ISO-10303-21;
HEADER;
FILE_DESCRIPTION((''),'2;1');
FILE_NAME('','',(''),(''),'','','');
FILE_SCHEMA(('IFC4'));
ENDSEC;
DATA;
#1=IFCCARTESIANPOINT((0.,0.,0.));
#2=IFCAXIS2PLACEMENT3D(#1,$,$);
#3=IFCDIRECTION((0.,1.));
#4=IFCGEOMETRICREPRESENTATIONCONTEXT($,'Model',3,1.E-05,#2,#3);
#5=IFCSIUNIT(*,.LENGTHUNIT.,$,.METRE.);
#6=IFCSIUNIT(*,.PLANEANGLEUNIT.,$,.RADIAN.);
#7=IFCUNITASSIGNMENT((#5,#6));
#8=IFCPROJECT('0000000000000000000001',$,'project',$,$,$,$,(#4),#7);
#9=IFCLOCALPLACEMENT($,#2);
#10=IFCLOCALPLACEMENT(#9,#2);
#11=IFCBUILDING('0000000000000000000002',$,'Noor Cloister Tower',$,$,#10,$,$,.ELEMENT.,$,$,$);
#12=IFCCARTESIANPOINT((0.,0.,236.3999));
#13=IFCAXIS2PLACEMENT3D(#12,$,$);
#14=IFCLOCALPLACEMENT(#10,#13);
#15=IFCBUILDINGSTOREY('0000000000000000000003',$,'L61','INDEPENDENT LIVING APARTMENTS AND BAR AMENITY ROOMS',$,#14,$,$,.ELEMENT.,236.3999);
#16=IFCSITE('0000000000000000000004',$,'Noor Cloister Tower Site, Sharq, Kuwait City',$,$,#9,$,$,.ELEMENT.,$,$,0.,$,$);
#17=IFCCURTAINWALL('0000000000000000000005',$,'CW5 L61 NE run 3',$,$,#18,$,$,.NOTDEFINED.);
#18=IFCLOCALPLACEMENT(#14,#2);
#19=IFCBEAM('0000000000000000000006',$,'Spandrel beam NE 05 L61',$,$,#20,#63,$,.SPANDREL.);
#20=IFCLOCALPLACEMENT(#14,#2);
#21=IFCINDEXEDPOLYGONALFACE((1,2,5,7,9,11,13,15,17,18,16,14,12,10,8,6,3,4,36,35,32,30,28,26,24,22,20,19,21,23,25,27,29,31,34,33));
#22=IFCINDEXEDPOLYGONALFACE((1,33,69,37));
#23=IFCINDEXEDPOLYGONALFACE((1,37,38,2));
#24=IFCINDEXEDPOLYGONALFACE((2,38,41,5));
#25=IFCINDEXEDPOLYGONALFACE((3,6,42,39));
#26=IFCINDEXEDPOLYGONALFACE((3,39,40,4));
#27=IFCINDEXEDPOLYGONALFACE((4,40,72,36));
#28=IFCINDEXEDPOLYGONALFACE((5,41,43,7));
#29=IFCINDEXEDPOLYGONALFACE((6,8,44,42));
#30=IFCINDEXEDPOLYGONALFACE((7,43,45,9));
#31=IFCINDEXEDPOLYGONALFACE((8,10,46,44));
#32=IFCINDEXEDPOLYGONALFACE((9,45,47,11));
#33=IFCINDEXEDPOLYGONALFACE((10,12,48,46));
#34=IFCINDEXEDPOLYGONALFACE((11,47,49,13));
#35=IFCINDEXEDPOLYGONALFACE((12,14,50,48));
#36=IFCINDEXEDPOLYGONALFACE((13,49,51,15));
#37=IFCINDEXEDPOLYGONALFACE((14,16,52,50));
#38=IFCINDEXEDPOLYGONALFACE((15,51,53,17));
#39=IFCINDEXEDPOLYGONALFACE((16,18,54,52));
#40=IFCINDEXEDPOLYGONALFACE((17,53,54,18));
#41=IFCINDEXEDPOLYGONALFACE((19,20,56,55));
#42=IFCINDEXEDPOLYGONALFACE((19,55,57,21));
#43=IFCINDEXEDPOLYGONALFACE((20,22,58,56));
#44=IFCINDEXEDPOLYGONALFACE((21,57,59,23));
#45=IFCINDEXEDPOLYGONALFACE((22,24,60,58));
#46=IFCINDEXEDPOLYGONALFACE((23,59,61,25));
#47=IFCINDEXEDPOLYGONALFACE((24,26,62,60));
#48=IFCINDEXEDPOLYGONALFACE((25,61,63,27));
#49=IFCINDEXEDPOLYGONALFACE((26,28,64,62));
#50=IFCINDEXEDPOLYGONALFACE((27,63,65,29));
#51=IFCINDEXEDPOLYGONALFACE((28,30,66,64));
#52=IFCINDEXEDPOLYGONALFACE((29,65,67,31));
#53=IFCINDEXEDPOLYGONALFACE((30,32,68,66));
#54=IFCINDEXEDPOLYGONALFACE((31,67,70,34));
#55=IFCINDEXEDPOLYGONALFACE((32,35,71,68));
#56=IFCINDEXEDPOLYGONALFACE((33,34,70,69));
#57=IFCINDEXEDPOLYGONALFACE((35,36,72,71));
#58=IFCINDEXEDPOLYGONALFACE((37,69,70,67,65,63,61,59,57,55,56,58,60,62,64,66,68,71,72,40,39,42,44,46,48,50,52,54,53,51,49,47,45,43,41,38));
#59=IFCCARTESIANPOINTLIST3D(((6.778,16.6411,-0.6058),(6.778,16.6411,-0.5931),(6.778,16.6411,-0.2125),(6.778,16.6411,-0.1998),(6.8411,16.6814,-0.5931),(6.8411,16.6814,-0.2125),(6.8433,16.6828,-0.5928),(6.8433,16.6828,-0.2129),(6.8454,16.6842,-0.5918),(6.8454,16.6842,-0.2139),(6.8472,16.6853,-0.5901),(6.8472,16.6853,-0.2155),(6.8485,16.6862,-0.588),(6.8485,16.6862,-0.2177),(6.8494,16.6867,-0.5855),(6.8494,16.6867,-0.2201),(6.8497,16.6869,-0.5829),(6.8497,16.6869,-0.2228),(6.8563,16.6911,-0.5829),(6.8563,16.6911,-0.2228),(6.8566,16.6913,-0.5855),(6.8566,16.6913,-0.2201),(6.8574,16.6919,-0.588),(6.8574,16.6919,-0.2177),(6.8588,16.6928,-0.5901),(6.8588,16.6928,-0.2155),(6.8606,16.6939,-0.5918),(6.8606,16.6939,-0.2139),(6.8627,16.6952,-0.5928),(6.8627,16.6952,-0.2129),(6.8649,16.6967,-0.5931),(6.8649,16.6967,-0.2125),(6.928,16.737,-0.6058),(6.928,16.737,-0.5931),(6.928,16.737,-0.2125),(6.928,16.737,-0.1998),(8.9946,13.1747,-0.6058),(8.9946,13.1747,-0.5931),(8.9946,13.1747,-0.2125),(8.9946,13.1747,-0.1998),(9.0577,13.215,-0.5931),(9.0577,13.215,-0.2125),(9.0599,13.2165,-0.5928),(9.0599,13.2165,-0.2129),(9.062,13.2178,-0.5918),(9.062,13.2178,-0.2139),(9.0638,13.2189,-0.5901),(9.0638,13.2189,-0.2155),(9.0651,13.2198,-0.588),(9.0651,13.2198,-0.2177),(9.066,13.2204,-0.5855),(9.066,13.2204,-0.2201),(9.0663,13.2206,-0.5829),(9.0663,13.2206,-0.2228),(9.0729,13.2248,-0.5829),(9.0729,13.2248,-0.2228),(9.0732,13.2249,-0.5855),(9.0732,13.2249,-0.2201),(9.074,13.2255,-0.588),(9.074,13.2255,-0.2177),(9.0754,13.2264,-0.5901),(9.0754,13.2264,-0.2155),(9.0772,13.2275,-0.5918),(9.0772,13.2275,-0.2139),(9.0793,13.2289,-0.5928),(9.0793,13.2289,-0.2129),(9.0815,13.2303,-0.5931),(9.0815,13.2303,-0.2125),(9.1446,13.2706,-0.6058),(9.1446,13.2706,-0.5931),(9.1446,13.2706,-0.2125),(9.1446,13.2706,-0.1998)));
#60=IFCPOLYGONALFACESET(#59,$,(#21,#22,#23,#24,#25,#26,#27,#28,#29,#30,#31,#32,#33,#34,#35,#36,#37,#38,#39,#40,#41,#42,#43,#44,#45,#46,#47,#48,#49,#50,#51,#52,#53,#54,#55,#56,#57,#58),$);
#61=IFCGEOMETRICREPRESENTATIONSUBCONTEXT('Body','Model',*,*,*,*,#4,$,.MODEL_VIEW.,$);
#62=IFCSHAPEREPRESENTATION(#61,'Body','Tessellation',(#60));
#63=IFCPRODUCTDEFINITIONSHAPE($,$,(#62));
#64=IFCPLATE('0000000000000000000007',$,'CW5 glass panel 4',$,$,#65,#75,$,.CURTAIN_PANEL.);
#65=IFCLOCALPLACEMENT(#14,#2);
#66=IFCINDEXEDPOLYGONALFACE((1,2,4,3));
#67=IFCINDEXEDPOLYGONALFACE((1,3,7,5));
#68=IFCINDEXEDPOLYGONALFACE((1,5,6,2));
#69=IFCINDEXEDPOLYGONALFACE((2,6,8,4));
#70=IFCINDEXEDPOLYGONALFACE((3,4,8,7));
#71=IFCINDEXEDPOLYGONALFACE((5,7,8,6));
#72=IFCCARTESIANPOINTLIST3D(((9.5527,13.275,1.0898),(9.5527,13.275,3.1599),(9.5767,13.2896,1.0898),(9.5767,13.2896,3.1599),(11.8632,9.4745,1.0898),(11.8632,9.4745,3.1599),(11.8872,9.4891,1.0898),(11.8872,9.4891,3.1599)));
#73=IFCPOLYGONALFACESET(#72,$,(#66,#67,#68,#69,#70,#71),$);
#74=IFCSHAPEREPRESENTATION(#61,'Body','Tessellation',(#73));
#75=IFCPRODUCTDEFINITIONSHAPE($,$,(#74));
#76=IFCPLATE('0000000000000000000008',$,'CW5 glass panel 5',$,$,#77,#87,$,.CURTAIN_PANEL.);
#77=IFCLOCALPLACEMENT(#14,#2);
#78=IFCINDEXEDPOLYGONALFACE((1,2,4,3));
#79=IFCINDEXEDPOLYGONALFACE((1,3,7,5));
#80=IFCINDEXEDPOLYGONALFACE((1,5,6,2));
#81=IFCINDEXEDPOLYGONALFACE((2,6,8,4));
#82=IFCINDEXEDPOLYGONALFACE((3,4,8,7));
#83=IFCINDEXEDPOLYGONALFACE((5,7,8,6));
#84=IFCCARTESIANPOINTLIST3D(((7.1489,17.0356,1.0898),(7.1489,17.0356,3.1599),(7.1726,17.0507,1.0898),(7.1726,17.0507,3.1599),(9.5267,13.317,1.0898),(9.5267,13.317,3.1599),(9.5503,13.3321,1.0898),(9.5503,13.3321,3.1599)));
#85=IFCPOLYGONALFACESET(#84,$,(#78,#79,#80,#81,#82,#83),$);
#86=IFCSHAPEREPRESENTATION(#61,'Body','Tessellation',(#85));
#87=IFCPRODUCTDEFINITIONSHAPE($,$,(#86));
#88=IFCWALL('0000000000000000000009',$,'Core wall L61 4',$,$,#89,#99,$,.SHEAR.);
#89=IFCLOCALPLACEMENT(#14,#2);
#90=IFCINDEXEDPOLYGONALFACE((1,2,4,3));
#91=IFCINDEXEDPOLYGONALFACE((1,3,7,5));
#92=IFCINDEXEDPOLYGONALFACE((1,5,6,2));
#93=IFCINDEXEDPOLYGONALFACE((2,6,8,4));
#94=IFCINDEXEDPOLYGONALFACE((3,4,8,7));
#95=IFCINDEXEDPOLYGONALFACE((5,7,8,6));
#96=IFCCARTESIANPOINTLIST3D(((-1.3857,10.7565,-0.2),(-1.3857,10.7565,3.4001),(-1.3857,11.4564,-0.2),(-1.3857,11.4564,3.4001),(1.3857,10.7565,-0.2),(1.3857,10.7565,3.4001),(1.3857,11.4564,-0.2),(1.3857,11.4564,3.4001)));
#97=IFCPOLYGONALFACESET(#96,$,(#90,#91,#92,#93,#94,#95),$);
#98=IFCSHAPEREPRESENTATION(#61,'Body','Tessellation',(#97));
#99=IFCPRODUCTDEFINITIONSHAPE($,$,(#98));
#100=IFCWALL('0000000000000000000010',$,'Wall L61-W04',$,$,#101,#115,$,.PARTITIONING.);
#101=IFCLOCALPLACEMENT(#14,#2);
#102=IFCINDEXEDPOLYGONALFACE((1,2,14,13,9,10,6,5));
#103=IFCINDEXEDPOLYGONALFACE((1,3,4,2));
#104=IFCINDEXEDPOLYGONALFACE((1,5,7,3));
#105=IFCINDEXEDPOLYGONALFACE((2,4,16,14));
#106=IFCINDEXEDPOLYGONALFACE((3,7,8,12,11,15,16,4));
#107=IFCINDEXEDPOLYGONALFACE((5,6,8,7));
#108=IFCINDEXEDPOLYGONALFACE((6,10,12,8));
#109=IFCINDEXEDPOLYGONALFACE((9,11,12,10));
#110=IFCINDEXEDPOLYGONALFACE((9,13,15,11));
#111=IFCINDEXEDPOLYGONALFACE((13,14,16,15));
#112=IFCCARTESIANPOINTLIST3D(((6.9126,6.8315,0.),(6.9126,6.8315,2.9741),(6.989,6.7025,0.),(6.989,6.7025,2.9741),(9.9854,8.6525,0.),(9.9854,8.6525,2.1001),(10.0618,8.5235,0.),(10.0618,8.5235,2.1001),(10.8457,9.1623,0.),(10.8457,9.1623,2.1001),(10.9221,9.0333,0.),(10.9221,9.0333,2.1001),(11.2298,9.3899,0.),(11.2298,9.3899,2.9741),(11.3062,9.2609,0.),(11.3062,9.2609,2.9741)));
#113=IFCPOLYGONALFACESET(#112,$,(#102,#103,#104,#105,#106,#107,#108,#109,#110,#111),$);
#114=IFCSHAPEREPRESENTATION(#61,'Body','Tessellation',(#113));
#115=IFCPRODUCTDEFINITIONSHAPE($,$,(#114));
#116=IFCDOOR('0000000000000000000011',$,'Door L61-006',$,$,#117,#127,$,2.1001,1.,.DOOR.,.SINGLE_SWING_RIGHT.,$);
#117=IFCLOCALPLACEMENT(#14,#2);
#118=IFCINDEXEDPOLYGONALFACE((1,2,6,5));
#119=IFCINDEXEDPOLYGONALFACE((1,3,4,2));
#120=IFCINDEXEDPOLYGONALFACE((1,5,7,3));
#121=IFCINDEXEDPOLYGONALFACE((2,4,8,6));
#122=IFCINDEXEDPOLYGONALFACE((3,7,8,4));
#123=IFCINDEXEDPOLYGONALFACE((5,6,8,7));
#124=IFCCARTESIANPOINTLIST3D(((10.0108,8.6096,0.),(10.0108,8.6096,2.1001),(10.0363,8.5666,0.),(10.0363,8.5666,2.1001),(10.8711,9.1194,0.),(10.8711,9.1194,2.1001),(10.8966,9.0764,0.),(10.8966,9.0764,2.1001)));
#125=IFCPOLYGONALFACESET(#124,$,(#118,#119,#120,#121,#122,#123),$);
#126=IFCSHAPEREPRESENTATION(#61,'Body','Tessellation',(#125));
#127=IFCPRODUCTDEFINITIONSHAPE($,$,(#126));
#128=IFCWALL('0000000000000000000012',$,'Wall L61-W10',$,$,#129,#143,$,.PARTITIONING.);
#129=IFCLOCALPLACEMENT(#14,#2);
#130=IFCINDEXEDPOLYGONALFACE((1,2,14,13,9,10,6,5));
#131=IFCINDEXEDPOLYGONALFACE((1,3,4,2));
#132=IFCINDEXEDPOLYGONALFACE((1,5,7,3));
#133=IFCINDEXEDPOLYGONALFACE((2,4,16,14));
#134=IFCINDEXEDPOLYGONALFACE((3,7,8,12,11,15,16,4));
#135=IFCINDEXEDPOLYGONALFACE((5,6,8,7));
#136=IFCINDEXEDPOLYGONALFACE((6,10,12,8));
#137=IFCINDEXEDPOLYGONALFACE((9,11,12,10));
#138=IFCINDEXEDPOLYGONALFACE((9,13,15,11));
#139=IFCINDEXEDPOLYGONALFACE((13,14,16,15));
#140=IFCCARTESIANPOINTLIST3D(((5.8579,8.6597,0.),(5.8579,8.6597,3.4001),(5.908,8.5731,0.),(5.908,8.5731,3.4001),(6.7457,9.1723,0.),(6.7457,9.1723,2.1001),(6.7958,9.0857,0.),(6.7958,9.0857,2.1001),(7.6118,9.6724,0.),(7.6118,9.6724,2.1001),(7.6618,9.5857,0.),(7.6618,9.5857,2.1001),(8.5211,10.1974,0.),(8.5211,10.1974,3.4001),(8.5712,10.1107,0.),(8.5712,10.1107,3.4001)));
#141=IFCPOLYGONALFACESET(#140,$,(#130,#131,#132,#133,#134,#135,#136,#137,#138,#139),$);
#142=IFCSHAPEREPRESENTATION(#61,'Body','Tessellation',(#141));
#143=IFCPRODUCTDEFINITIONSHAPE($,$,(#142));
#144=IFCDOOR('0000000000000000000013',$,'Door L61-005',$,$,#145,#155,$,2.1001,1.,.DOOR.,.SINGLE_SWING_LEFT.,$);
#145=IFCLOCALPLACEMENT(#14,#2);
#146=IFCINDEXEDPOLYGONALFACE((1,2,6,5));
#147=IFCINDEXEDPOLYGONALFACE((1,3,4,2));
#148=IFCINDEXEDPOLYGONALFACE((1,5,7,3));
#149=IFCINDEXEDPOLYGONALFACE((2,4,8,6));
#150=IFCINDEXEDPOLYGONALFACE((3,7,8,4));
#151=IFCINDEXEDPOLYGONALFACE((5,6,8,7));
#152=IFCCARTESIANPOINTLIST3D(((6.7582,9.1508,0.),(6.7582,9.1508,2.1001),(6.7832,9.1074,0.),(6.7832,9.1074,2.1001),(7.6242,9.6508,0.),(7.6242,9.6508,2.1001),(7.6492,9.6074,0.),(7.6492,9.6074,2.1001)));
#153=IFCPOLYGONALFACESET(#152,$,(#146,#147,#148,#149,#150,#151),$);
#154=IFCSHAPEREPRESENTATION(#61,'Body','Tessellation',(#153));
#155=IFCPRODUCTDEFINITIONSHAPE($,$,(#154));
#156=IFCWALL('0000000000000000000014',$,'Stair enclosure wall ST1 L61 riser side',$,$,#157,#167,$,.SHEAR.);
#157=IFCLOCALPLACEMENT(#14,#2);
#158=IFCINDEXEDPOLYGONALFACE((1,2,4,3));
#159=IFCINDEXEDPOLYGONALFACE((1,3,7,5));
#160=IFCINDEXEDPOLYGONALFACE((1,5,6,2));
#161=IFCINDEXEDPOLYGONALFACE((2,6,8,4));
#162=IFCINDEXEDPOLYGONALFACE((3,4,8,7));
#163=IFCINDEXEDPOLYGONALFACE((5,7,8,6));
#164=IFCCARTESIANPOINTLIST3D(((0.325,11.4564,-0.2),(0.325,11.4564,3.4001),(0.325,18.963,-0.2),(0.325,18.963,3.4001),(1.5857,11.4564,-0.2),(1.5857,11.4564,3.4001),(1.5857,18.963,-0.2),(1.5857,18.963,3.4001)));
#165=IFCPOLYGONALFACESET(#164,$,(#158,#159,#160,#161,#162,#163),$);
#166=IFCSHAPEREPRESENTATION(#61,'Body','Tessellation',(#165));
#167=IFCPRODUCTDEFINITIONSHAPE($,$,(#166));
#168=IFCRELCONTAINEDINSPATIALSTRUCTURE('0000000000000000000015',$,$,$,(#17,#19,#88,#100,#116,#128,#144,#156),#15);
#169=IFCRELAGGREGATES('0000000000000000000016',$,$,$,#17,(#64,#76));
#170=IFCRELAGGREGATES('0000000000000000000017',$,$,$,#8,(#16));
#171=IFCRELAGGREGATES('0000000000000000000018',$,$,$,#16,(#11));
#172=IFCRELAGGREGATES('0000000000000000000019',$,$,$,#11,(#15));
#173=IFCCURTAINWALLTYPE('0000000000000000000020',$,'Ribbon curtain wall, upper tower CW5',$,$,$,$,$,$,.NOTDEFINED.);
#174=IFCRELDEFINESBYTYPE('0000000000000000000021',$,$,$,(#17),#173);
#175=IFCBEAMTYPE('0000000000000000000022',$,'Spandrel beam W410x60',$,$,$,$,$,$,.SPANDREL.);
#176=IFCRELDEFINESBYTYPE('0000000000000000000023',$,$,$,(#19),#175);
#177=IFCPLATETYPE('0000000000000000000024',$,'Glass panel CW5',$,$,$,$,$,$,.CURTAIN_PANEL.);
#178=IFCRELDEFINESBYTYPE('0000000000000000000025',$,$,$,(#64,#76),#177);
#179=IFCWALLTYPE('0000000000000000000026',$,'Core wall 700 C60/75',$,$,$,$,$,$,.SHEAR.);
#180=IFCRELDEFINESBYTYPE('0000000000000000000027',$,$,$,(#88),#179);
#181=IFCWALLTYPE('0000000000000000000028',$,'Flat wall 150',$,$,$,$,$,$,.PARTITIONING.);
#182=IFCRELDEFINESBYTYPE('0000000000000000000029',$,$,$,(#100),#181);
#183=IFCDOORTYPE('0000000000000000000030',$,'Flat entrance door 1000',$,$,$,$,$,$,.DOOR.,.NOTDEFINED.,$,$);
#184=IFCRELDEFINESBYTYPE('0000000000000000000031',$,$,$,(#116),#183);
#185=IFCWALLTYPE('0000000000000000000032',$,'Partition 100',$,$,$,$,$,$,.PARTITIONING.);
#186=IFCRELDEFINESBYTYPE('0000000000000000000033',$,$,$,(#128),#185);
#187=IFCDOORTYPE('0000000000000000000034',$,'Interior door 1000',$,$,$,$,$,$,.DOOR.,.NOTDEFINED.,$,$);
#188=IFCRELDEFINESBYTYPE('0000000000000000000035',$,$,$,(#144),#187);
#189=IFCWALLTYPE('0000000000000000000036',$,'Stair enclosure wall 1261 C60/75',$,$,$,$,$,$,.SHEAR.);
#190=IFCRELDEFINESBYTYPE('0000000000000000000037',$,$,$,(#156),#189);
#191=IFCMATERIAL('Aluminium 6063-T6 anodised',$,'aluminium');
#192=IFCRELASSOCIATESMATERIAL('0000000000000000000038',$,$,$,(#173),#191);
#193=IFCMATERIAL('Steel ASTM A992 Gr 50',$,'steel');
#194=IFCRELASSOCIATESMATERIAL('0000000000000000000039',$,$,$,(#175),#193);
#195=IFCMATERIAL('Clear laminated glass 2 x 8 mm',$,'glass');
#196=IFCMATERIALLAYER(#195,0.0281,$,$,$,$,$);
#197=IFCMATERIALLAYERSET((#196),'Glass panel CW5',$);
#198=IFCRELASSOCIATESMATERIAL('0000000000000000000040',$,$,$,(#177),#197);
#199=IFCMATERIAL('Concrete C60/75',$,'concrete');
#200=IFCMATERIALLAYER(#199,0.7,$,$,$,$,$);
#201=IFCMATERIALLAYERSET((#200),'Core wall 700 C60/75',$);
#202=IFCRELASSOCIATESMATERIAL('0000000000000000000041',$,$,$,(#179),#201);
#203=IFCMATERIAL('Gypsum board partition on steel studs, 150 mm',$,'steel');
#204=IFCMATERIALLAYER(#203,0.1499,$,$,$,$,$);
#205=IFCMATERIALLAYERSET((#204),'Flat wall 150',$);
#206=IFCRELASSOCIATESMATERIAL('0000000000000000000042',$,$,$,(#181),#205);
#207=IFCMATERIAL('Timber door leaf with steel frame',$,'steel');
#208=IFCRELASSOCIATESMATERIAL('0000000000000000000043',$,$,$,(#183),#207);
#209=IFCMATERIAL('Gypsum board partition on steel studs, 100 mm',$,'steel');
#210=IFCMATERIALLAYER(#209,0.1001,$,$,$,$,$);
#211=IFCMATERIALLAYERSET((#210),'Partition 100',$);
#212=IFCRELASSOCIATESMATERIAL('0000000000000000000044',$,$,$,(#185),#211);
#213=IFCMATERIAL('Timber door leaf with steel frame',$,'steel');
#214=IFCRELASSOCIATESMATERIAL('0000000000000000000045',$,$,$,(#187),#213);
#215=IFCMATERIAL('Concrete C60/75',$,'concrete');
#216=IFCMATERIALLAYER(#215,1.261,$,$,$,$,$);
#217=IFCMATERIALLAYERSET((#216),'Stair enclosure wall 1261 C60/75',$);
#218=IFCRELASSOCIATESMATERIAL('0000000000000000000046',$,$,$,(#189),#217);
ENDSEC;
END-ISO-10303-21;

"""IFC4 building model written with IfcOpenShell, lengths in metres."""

from ifc_helpers import new_model, si_unit, direction, frame, frame_2d, origin, origin_2d, place, context, subcontext, project, spatial, rectangle, i_section, extrude, material, layer, layer_set, material_profile, profile_set, type_object, element, fill, aggregate, save


model = new_model("IFC4")

# Units and contexts
model_context = context("Model", 3, precision=1e-05, world=origin(), true_north=direction((0.0, 1.0)))
body_context = subcontext(model_context, "Body", "Model", "MODEL_VIEW")
ifc_project = project(units=[si_unit("LENGTHUNIT", "METRE"), si_unit("PLANEANGLEUNIT", "RADIAN")], contexts=[model_context])

# Site, building, storey
site_placement = place(None, origin())
site = spatial("IfcSite", under=ifc_project, at=site_placement, Name="Noor Cloister Tower Site, Sharq, Kuwait City", CompositionType="ELEMENT", RefElevation=0.0)
building_placement = place(site_placement, origin())
building = spatial("IfcBuilding", under=site, at=building_placement, Name="Noor Cloister Tower", CompositionType="ELEMENT")
storey_placement = place(building_placement, frame((0.0, 0.0, 236.3999)))
storey = spatial("IfcBuildingStorey", under=building, at=storey_placement, Name="L61", Description="INDEPENDENT LIVING APARTMENTS AND BAR AMENITY ROOMS", CompositionType="ELEMENT", Elevation=236.3999)

# Curtain wall
ifc_material_1 = material(Name="Aluminium 6063-T6 anodised", Category="aluminium")
curtain_wall_type = type_object("IfcCurtainWallType", Name="Ribbon curtain wall, upper tower CW5", PredefinedType="NOTDEFINED", material=ifc_material_1)
curtain_wall_placement = place(storey_placement, origin())
curtain_wall = element("IfcCurtainWall", 1, at=curtain_wall_placement, inside=storey, type_object=curtain_wall_type, Name="CW5 L61 NE run 3", PredefinedType="NOTDEFINED")

# Beam
ifc_material_2 = material(Name="Steel ASTM A992 Gr 50", Category="steel")
ifc_material_profile_1 = material_profile(ifc_material_2, i_section(OverallWidth=0.178, OverallDepth=0.406, WebThickness=0.0078, FlangeThickness=0.0127, FilletRadius=0.0103, at=origin_2d()), Name="W410x60")
ifc_profile_set_1 = profile_set([ifc_material_profile_1], Name="Steel ASTM A992 Gr 50")
beam_type_1 = type_object("IfcBeamType", Name="Spandrel beam W410x60", PredefinedType="SPANDREL", material=ifc_profile_set_1)
for number, where, z_axis, x_axis, name in (
    (2, (9.0696, 13.2227, -0.4028), (-0.538729, 0.842479, 0.0), (-0.842479, -0.538729, 0.0), "Spandrel beam NE 05 L61"),
):
    element("IfcBeam", number, at=place(storey_placement, frame(where, z_axis=z_axis, x_axis=x_axis)), inside=storey, type_object=beam_type_1, Name=name, PredefinedType="SPANDREL", context=body_context, shape_type="SweptSolid", body=[
        extrude(i_section(OverallWidth=0.178, OverallDepth=0.406, WebThickness=0.0078, FlangeThickness=0.0127, FilletRadius=0.0103, at=origin_2d()), origin(), (0.0, 0.0, 1.0), 4.1145),
    ])

# Plates
ifc_material_3 = material(Name="Clear laminated glass 2 x 8 mm", Category="glass")
ifc_layer_1 = layer(ifc_material_3, 0.0281)
ifc_layer_set_1 = layer_set([ifc_layer_1], Name="Glass panel CW5")
plate_type = type_object("IfcPlateType", Name="Glass panel CW5", PredefinedType="CURTAIN_PANEL", material=ifc_layer_set_1)
plate_1_placement = place(storey_placement, frame((10.72, 11.3821, 1.0898), z_axis=(0.0, 0.0, 1.0), x_axis=(-0.519486, 0.854479, 0.0)))
plate_1 = element("IfcPlate", 3, at=plate_1_placement, type_object=plate_type, Name="CW5 glass panel 4", PredefinedType="CURTAIN_PANEL", context=body_context, shape_type="SweptSolid", body=[
    extrude(rectangle(XDim=4.4478, YDim=0.0281, at=origin_2d()), origin(), (0.0, 0.0, 1.0), 2.0701),
])
plate_2_placement = place(storey_placement, frame((8.3496, 15.1838, 1.0898), z_axis=(0.0, 0.0, 1.0), x_axis=(-0.538705, 0.842494, 0.0)))
plate_2 = element("IfcPlate", 4, at=plate_2_placement, type_object=plate_type, Name="CW5 glass panel 5", PredefinedType="CURTAIN_PANEL", context=body_context, shape_type="SweptSolid", body=[
    extrude(rectangle(XDim=4.4138, YDim=0.0281, at=origin_2d()), origin(), (0.0, 0.0, 1.0), 2.0701),
])
aggregate(curtain_wall, [plate_1, plate_2])

# Wall
ifc_material_4 = material(Name="Concrete C60/75", Category="concrete")
ifc_layer_2 = layer(ifc_material_4, 0.7)
ifc_layer_set_2 = layer_set([ifc_layer_2], Name="Core wall 700 C60/75")
wall_type_1 = type_object("IfcWallType", Name="Core wall 700 C60/75", PredefinedType="SHEAR", material=ifc_layer_set_2)
wall_1_placement = place(storey_placement, frame((1.3857, 11.1064, -0.2), z_axis=(0.0, 0.0, 1.0), x_axis=(-1.0, 0.0, 0.0)))
element("IfcWall", 5, at=wall_1_placement, inside=storey, type_object=wall_type_1, Name="Core wall L61 4", PredefinedType="SHEAR", context=body_context, shape_type="SweptSolid", body=[
    extrude(rectangle(XDim=2.7715, YDim=0.7, at=frame_2d((1.3857, 0.0))), origin(), (0.0, 0.0, 1.0), 3.6001),
])

# Walls, openings, doors
ifc_material_5 = material(Name="Gypsum board partition on steel studs, 150 mm", Category="steel")
ifc_layer_3 = layer(ifc_material_5, 0.1499)
ifc_layer_set_3 = layer_set([ifc_layer_3], Name="Flat wall 150")
wall_type_2 = type_object("IfcWallType", Name="Flat wall 150", PredefinedType="PARTITIONING", material=ifc_layer_set_3)
wall_2_placement = place(storey_placement, frame((11.2681, 9.3254, 0.0), z_axis=(0.0, 0.0, 1.0), x_axis=(-0.860288, -0.509809, 0.0)))
wall_2 = element("IfcWall", 6, at=wall_2_placement, inside=storey, type_object=wall_type_2, Name="Wall L61-W04", PredefinedType="PARTITIONING", context=body_context, shape_type="SweptSolid", body=[
    extrude(rectangle(XDim=5.0183, YDim=0.1499, at=frame_2d((2.5093, 0.0))), origin(), (0.0, 0.0, 1.0), 2.9741),
])
opening_1_placement = place(wall_2_placement, frame((0.4465, 0.0, 0.0)))
opening_1 = element("IfcOpeningElement", 7, at=opening_1_placement, cuts=wall_2, PredefinedType="OPENING", context=body_context, shape_type="SweptSolid", body=[
    extrude(rectangle(XDim=1.0, YDim=2.1001, at=frame_2d((0.5, 1.05))), frame((0.0, 0.085, 0.0), z_axis=(0.0, -1.0, 0.0), x_axis=(1.0, 0.0, 0.0)), (0.0, 0.0, 1.0), 0.1699),
])
ifc_material_6 = material(Name="Timber door leaf with steel frame", Category="steel")
door_type_1 = type_object("IfcDoorType", Name="Flat entrance door 1000", OperationType="NOTDEFINED", PredefinedType="DOOR", material=ifc_material_6)
door_1_placement = place(opening_1_placement, origin())
door_1 = element("IfcDoor", 8, at=door_1_placement, inside=storey, type_object=door_type_1, Name="Door L61-006", OperationType="SINGLE_SWING_RIGHT", OverallHeight=2.1001, OverallWidth=1.0, PredefinedType="DOOR", context=body_context, shape_type="SweptSolid", body=[
    extrude(rectangle(XDim=1.0, YDim=2.1001, at=frame_2d((0.5, 1.05))), frame((0.0, 0.0249, 0.0), z_axis=(0.0, -1.0, 0.0), x_axis=(1.0, 0.0, 0.0)), (0.0, 0.0, 1.0), 0.05),
])
fill(opening_1, door_1)
ifc_material_7 = material(Name="Gypsum board partition on steel studs, 100 mm", Category="steel")
ifc_layer_4 = layer(ifc_material_7, 0.1001)
ifc_layer_set_4 = layer_set([ifc_layer_4], Name="Partition 100")
wall_type_3 = type_object("IfcWallType", Name="Partition 100", PredefinedType="PARTITIONING", material=ifc_layer_set_4)
wall_3_placement = place(storey_placement, frame((8.5461, 10.1541, 0.0), z_axis=(0.0, 0.0, 1.0), x_axis=(-0.866016, -0.500016, 0.0)))
wall_3 = element("IfcWall", 9, at=wall_3_placement, inside=storey, type_object=wall_type_3, Name="Wall L61-W10", PredefinedType="PARTITIONING", context=body_context, shape_type="SweptSolid", body=[
    extrude(rectangle(XDim=3.0752, YDim=0.1001, at=frame_2d((1.5376, 0.0))), origin(), (0.0, 0.0, 1.0), 3.4001),
])
opening_2_placement = place(wall_3_placement, frame((1.05, 0.0, 0.0)))
opening_2 = element("IfcOpeningElement", 10, at=opening_2_placement, cuts=wall_3, PredefinedType="OPENING", context=body_context, shape_type="SweptSolid", body=[
    extrude(rectangle(XDim=1.0, YDim=2.1001, at=frame_2d((0.5, 1.05))), frame((0.0, 0.0601, 0.0), z_axis=(0.0, -1.0, 0.0), x_axis=(1.0, 0.0, 0.0)), (0.0, 0.0, 1.0), 0.1201),
])
ifc_material_8 = material(Name="Timber door leaf with steel frame", Category="steel")
door_type_2 = type_object("IfcDoorType", Name="Interior door 1000", OperationType="NOTDEFINED", PredefinedType="DOOR", material=ifc_material_8)
door_2_placement = place(opening_2_placement, origin())
door_2 = element("IfcDoor", 11, at=door_2_placement, inside=storey, type_object=door_type_2, Name="Door L61-005", OperationType="SINGLE_SWING_LEFT", OverallHeight=2.1001, OverallWidth=1.0, PredefinedType="DOOR", context=body_context, shape_type="SweptSolid", body=[
    extrude(rectangle(XDim=1.0, YDim=2.1001, at=frame_2d((0.5, 1.05))), frame((0.0, 0.0249, 0.0), z_axis=(0.0, -1.0, 0.0), x_axis=(1.0, 0.0, 0.0)), (0.0, 0.0, 1.0), 0.05),
])
fill(opening_2, door_2)

# Wall
ifc_material_9 = material(Name="Concrete C60/75", Category="concrete")
ifc_layer_5 = layer(ifc_material_9, 1.261)
ifc_layer_set_5 = layer_set([ifc_layer_5], Name="Stair enclosure wall 1261 C60/75")
wall_type_4 = type_object("IfcWallType", Name="Stair enclosure wall 1261 C60/75", PredefinedType="SHEAR", material=ifc_layer_set_5)
wall_4_placement = place(storey_placement, frame((0.9553, 11.4563, -0.2), z_axis=(0.0, 0.0, 1.0), x_axis=(0.0, 1.0, 0.0)))
element("IfcWall", 12, at=wall_4_placement, inside=storey, type_object=wall_type_4, Name="Stair enclosure wall ST1 L61 riser side", PredefinedType="SHEAR", context=body_context, shape_type="SweptSolid", body=[
    extrude(rectangle(XDim=7.5066, YDim=1.2607, at=frame_2d((3.7534, 0.0))), origin(), (0.0, 0.0, 1.0), 3.6001),
])

save(model, "model.ifc")
